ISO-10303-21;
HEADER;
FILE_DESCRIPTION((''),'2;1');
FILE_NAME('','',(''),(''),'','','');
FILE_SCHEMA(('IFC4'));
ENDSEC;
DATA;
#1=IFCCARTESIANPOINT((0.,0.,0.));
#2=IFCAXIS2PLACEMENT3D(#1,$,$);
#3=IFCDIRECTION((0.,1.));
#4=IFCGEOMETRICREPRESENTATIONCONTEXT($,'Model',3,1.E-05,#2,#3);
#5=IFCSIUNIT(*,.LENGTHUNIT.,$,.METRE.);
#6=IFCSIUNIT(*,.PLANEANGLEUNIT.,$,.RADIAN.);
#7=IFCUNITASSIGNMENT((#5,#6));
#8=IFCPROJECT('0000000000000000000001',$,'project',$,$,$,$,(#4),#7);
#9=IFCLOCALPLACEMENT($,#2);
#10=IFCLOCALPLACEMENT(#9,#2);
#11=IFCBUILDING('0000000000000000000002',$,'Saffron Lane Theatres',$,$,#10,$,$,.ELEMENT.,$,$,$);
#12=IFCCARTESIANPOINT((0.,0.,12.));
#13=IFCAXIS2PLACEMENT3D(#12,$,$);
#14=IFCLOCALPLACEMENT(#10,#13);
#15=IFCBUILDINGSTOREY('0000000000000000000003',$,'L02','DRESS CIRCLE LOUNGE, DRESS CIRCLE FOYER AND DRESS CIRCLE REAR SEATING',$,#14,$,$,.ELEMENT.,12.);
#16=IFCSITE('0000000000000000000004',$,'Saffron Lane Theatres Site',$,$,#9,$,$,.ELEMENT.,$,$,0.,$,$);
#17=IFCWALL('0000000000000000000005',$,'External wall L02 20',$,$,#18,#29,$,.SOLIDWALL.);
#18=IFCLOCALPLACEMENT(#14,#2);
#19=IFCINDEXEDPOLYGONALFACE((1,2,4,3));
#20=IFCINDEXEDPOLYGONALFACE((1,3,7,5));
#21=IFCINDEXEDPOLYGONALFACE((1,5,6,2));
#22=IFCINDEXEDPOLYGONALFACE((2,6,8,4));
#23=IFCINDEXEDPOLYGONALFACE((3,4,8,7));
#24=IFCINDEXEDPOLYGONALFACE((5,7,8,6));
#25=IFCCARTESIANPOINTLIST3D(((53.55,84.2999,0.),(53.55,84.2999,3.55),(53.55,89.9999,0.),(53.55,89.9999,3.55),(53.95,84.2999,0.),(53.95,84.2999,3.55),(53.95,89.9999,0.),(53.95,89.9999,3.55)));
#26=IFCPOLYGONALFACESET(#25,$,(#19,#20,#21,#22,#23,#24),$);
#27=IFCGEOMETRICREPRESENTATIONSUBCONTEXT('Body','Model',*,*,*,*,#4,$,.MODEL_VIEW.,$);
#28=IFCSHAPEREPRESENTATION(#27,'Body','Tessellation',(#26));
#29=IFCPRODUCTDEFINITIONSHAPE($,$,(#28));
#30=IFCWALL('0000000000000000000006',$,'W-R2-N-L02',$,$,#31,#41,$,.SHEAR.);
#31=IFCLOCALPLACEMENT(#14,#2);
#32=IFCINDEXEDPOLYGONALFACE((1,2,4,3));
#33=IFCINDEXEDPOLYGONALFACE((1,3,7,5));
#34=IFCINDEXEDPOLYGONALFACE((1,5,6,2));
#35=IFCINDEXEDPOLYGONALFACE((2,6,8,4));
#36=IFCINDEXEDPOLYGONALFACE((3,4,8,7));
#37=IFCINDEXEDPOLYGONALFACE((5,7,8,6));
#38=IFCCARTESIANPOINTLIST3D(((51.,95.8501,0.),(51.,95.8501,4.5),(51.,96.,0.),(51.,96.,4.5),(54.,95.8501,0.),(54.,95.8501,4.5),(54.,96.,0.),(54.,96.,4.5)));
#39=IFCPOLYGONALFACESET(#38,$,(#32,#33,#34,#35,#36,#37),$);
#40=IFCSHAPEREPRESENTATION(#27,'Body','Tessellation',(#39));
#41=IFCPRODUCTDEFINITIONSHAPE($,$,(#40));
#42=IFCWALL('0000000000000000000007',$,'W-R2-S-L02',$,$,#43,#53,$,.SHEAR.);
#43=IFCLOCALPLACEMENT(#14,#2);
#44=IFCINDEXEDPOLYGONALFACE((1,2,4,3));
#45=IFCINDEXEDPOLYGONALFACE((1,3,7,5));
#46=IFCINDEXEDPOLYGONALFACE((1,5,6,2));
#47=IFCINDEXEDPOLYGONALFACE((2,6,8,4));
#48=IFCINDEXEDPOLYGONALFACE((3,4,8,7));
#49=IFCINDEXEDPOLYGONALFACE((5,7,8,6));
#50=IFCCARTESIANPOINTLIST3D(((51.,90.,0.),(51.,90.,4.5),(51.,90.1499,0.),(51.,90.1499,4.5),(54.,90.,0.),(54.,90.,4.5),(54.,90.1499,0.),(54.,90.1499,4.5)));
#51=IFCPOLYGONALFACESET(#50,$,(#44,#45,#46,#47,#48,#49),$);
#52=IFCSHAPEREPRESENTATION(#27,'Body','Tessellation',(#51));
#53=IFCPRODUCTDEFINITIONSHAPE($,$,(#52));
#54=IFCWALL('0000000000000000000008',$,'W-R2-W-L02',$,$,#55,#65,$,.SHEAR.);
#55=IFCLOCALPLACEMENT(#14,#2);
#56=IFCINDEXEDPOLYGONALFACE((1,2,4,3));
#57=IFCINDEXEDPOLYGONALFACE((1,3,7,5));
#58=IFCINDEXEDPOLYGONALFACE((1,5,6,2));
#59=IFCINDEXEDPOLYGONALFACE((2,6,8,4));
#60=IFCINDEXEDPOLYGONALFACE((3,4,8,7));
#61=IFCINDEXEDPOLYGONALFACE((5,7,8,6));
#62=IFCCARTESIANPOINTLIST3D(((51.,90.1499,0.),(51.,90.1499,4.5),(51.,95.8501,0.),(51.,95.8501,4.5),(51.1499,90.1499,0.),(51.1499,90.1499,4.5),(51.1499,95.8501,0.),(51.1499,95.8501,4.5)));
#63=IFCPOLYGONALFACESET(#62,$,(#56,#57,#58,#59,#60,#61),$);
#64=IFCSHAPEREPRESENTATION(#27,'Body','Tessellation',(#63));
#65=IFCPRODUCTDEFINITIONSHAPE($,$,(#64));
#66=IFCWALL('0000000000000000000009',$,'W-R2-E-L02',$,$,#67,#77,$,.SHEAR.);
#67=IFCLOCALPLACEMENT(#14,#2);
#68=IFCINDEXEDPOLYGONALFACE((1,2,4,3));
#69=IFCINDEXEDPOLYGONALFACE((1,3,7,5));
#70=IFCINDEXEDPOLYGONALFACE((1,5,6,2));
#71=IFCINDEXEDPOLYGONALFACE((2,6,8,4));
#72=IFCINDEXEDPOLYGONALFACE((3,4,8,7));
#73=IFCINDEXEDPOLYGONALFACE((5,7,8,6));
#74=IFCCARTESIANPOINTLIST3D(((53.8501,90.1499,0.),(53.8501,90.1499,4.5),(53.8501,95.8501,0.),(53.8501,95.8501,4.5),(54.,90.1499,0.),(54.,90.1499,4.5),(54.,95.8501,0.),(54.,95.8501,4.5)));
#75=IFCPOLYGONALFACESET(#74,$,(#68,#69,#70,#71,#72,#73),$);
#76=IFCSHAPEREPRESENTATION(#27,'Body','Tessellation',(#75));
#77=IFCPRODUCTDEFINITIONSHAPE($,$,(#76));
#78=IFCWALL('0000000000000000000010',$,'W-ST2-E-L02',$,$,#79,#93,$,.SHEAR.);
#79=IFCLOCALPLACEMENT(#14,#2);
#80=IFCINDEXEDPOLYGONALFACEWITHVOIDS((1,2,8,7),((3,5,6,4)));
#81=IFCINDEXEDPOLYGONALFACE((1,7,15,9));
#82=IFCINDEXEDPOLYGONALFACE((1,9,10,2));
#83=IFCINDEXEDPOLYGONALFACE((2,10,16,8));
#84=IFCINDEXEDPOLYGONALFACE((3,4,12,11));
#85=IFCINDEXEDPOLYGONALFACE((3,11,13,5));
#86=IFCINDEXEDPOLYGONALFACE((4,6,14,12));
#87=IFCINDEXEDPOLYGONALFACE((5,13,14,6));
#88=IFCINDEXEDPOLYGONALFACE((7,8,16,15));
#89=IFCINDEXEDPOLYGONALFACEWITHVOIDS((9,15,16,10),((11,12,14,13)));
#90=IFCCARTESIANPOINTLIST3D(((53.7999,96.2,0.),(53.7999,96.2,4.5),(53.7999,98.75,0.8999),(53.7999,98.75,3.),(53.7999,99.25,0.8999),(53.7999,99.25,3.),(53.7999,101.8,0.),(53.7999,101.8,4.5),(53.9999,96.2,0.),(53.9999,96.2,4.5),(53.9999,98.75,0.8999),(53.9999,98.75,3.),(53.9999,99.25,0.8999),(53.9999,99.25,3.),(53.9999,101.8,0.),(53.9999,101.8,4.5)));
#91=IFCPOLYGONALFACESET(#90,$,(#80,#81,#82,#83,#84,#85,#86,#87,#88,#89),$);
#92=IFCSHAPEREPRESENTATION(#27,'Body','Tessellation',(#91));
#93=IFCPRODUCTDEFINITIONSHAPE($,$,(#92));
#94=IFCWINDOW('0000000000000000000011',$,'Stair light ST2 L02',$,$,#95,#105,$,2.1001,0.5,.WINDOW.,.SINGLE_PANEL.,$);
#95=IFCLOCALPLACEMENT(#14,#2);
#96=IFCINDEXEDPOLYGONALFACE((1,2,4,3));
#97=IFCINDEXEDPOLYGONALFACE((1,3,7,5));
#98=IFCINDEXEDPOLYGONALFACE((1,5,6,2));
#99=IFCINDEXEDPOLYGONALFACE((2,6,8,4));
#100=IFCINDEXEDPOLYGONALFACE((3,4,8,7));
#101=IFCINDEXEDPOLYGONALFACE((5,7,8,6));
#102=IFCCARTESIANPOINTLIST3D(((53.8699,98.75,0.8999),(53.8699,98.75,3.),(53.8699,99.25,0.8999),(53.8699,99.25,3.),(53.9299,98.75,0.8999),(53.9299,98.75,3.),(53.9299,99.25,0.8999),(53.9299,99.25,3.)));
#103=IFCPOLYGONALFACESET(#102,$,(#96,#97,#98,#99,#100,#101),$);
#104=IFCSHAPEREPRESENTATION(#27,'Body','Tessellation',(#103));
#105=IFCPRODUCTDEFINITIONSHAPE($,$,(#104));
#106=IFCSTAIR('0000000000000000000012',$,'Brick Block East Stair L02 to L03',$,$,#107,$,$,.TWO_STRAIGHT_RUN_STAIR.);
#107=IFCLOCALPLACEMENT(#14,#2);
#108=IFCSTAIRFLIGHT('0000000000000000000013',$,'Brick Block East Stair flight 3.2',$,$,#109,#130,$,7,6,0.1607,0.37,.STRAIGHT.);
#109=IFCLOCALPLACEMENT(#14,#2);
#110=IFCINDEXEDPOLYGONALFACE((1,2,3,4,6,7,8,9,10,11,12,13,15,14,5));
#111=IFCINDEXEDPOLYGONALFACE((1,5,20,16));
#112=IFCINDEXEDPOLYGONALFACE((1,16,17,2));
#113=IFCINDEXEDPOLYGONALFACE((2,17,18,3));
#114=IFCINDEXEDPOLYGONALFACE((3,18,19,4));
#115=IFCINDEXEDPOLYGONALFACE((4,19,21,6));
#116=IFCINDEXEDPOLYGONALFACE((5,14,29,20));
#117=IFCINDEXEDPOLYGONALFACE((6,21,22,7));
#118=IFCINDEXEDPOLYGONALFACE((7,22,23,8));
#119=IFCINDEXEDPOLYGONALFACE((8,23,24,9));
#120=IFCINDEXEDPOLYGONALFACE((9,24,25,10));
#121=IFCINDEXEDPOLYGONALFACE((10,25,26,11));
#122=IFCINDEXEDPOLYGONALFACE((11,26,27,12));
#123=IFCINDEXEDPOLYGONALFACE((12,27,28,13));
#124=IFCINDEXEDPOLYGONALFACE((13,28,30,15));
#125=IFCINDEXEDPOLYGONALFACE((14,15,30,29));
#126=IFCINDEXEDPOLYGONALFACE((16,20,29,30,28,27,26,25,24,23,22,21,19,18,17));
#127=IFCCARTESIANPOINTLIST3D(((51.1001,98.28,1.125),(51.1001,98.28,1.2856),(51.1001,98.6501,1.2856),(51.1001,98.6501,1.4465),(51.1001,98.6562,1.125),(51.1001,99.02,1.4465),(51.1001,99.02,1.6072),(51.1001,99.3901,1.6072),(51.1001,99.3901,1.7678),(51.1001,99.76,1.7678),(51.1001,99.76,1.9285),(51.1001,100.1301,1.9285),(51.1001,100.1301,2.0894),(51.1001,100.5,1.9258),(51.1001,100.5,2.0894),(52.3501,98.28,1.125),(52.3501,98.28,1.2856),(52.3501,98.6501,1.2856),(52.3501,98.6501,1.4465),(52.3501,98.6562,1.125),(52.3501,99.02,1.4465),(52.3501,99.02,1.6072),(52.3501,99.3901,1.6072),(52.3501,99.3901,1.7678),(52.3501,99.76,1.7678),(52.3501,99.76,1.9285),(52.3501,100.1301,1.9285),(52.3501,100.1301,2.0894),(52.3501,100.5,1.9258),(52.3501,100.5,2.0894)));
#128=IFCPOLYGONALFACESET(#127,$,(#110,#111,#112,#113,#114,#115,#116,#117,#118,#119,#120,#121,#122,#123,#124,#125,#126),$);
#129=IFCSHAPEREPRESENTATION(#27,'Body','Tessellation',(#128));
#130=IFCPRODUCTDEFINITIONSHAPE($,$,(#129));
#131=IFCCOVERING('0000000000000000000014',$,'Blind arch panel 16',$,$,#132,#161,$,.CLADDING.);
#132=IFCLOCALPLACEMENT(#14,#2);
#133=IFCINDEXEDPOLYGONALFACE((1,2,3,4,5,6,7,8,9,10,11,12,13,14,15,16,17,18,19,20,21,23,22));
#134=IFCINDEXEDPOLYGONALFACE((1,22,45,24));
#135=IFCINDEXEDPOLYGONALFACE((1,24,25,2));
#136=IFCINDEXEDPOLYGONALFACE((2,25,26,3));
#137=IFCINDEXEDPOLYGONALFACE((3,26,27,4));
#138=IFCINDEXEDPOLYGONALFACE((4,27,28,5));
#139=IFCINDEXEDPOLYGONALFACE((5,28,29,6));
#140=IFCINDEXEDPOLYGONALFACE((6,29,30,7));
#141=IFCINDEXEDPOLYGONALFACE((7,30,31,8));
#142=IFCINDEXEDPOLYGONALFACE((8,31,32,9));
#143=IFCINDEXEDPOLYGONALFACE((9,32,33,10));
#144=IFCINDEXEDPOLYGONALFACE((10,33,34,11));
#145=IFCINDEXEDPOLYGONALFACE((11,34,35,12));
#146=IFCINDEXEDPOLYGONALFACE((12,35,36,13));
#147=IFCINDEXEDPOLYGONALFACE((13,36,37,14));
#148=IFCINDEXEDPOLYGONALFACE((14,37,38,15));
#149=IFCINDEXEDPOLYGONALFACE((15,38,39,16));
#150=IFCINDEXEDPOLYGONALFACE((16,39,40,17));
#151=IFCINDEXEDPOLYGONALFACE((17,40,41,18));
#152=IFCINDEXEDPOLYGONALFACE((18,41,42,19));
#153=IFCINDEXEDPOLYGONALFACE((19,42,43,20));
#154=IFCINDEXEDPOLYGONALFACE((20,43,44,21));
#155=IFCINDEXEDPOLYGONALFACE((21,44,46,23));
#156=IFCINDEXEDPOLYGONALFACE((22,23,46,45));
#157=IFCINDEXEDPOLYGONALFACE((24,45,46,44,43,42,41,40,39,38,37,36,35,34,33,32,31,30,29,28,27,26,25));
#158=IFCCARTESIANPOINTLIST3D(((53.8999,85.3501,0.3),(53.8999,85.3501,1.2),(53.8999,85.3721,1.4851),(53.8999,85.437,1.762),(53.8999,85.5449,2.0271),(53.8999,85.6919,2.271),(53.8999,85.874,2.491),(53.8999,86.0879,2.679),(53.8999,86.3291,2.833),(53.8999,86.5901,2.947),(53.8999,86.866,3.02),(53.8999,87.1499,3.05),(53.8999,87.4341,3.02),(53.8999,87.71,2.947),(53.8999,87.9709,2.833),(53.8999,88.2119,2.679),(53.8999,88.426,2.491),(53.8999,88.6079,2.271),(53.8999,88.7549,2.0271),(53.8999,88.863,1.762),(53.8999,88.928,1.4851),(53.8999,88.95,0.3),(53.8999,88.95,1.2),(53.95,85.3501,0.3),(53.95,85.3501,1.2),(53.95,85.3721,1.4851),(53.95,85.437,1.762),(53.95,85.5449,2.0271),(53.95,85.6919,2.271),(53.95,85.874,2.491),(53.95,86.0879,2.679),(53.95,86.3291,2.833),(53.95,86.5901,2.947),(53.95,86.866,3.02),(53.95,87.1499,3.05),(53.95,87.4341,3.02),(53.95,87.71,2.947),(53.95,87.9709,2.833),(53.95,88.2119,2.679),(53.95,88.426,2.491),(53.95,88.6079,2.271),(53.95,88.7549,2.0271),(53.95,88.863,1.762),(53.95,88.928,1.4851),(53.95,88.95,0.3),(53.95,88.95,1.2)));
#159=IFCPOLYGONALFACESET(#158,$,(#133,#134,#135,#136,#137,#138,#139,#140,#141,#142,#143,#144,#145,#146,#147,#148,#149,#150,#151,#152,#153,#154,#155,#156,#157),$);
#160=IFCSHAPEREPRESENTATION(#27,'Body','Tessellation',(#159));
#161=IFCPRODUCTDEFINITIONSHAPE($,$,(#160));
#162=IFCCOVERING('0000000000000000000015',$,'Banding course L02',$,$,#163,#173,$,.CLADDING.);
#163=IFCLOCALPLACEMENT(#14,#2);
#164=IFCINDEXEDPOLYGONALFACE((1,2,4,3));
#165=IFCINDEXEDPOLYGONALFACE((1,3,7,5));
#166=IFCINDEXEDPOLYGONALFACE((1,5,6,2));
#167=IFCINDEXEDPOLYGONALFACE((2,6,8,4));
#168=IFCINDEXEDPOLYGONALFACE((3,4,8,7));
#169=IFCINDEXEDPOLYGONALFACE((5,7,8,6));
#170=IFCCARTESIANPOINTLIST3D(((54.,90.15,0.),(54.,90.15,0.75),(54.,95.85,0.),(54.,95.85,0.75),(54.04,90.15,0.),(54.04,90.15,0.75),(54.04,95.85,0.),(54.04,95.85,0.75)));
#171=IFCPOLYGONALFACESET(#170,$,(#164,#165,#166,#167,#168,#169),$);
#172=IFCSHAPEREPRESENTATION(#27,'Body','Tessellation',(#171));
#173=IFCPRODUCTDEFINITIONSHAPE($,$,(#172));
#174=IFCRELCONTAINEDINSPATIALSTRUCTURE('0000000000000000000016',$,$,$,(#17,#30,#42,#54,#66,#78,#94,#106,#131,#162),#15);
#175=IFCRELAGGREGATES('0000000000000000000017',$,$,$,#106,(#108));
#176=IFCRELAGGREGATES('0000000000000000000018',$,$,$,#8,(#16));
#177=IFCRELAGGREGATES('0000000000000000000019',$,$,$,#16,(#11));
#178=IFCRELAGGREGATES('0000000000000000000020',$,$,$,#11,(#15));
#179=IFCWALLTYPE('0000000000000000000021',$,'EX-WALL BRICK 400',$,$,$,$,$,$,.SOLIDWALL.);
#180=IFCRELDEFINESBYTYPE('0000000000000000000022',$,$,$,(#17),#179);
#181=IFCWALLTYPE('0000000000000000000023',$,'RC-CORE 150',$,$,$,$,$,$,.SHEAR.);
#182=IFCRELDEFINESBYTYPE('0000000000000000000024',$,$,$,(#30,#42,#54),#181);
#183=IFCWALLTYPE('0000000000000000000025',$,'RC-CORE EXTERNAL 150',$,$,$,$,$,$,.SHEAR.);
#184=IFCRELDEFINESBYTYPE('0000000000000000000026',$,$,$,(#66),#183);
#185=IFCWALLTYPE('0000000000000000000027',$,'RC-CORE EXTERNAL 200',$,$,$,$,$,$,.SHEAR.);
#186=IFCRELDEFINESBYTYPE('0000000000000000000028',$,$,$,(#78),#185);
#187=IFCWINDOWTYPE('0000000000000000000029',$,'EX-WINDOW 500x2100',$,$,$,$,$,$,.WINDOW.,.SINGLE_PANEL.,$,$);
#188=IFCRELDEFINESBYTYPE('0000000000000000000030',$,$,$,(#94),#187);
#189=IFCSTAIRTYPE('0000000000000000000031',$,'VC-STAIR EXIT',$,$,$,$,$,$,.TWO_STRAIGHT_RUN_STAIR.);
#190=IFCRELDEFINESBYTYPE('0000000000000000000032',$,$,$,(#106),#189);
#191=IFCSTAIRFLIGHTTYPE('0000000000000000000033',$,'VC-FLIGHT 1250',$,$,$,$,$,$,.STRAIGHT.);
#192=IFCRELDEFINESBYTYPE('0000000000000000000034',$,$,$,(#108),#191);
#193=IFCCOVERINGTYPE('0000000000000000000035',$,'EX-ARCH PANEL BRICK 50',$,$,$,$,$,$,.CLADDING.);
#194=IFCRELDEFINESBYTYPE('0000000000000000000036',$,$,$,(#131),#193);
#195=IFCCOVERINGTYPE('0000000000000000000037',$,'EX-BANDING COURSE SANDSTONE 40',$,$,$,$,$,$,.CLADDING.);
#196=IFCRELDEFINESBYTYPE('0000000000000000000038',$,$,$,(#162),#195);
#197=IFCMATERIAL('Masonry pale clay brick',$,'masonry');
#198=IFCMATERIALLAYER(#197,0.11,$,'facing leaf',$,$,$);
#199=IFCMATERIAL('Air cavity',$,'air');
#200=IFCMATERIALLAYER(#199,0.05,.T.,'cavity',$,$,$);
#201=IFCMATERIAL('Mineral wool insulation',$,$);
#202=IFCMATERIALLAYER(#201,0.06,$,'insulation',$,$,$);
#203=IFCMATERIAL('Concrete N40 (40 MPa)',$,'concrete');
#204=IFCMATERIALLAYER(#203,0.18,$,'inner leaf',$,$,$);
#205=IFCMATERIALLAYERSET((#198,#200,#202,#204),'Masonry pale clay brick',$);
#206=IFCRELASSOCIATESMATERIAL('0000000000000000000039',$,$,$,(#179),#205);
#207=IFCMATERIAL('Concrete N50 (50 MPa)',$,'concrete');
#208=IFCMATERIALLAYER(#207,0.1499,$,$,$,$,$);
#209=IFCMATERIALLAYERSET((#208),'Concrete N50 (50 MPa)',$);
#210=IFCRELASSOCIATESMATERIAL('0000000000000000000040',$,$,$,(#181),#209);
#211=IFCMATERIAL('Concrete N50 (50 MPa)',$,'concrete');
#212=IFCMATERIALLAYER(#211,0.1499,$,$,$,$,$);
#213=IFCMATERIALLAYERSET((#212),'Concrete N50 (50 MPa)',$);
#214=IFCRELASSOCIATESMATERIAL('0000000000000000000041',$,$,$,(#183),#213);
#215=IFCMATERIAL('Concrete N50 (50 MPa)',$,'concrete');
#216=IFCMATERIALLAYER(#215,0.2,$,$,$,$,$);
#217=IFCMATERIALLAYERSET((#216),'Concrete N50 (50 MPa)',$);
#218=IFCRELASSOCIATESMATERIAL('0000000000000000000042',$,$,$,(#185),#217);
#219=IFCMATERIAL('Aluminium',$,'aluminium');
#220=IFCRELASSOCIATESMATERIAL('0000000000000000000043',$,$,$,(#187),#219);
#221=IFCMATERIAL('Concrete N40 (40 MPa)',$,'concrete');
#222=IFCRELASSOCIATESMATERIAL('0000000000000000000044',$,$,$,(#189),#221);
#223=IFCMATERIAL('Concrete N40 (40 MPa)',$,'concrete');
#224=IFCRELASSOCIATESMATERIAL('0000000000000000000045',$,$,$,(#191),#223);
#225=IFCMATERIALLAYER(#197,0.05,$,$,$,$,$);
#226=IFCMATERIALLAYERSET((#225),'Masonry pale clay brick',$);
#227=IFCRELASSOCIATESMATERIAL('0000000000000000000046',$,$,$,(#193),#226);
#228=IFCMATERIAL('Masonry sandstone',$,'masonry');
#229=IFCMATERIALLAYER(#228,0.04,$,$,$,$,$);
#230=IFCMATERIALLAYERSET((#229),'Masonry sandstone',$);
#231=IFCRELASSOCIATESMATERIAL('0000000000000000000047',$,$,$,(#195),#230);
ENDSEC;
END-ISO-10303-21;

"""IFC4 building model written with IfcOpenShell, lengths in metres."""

from ifc_helpers import new_model, si_unit, direction, frame, frame_2d, origin, origin_2d, place, context, subcontext, project, spatial, polyline, rectangle, outline, extrude, material, layer, layer_set, type_object, element, fill, aggregate, save


model = new_model("IFC4")

# Units and contexts
model_context = context("Model", 3, precision=1e-05, world=origin(), true_north=direction((0.0, 1.0)))
body_context = subcontext(model_context, "Body", "Model", "MODEL_VIEW")
ifc_project = project(units=[si_unit("LENGTHUNIT", "METRE"), si_unit("PLANEANGLEUNIT", "RADIAN")], contexts=[model_context])

# Site, building, storey
site_placement = place(None, origin())
site = spatial("IfcSite", under=ifc_project, at=site_placement, Name="Saffron Lane Theatres Site", CompositionType="ELEMENT", RefElevation=0.0)
building_placement = place(site_placement, origin())
building = spatial("IfcBuilding", under=site, at=building_placement, Name="Saffron Lane Theatres", CompositionType="ELEMENT")
storey_placement = place(building_placement, frame((0.0, 0.0, 12.0)))
storey = spatial("IfcBuildingStorey", under=building, at=storey_placement, Name="L02", Description="DRESS CIRCLE LOUNGE, DRESS CIRCLE FOYER AND DRESS CIRCLE REAR SEATING", CompositionType="ELEMENT", Elevation=12.0)

# Walls
ifc_material_1 = material(Name="Masonry pale clay brick", Category="masonry")
ifc_layer_1 = layer(ifc_material_1, 0.11, Name="facing leaf")
ifc_material_2 = material(Name="Air cavity", Category="air")
ifc_layer_2 = layer(ifc_material_2, 0.05, ventilated=True, Name="cavity")
ifc_material_3 = material(Name="Mineral wool insulation")
ifc_layer_3 = layer(ifc_material_3, 0.06, Name="insulation")
ifc_material_4 = material(Name="Concrete N40 (40 MPa)", Category="concrete")
ifc_layer_4 = layer(ifc_material_4, 0.18, Name="inner leaf")
ifc_layer_set_1 = layer_set([ifc_layer_1, ifc_layer_2, ifc_layer_3, ifc_layer_4], Name="Masonry pale clay brick")
wall_type_1 = type_object("IfcWallType", Name="EX-WALL BRICK 400", PredefinedType="SOLIDWALL", material=ifc_layer_set_1)
wall_1_placement = place(storey_placement, frame((53.75, 90.0, 0.0), z_axis=(0.0, 0.0, 1.0), x_axis=(0.0, -1.0, 0.0)))
element("IfcWall", 1, at=wall_1_placement, inside=storey, type_object=wall_type_1, Name="External wall L02 20", PredefinedType="SOLIDWALL", context=body_context, shape_type="SweptSolid", body=[
    extrude(rectangle(XDim=5.7, YDim=0.3999, at=frame_2d((2.8501, 0.0))), origin(), (0.0, 0.0, 1.0), 3.55),
])
ifc_material_5 = material(Name="Concrete N50 (50 MPa)", Category="concrete")
ifc_layer_5 = layer(ifc_material_5, 0.1499)
ifc_layer_set_2 = layer_set([ifc_layer_5], Name="Concrete N50 (50 MPa)")
wall_type_2 = type_object("IfcWallType", Name="RC-CORE 150", PredefinedType="SHEAR", material=ifc_layer_set_2)
for number, where, z_axis, x_axis, name in (
    (2, (51.0, 95.925, 0.0), (0.0, 0.0, 1.0), (1.0, 0.0, 0.0), "W-R2-N-L02"),
    (3, (51.0, 90.075, 0.0), (0.0, 0.0, 1.0), (1.0, 0.0, 0.0), "W-R2-S-L02"),
):
    element("IfcWall", number, at=place(storey_placement, frame(where, z_axis=z_axis, x_axis=x_axis)), inside=storey, type_object=wall_type_2, Name=name, PredefinedType="SHEAR", context=body_context, shape_type="SweptSolid", body=[
        extrude(rectangle(XDim=3.0, YDim=0.1499, at=frame_2d((1.5, 0.0))), origin(), (0.0, 0.0, 1.0), 4.5),
    ])
wall_2_placement = place(storey_placement, frame((51.075, 90.1499, 0.0), z_axis=(0.0, 0.0, 1.0), x_axis=(0.0, 1.0, 0.0)))
element("IfcWall", 4, at=wall_2_placement, inside=storey, type_object=wall_type_2, Name="W-R2-W-L02", PredefinedType="SHEAR", context=body_context, shape_type="SweptSolid", body=[
    extrude(rectangle(XDim=5.7002, YDim=0.1499, at=frame_2d((2.8501, 0.0))), origin(), (0.0, 0.0, 1.0), 4.5),
])
ifc_material_6 = material(Name="Concrete N50 (50 MPa)", Category="concrete")
ifc_layer_6 = layer(ifc_material_6, 0.1499)
ifc_layer_set_3 = layer_set([ifc_layer_6], Name="Concrete N50 (50 MPa)")
wall_type_3 = type_object("IfcWallType", Name="RC-CORE EXTERNAL 150", PredefinedType="SHEAR", material=ifc_layer_set_3)
wall_3_placement = place(storey_placement, frame((53.925, 90.1499, 0.0), z_axis=(0.0, 0.0, 1.0), x_axis=(0.0, 1.0, 0.0)))
element("IfcWall", 5, at=wall_3_placement, inside=storey, type_object=wall_type_3, Name="W-R2-E-L02", PredefinedType="SHEAR", context=body_context, shape_type="SweptSolid", body=[
    extrude(rectangle(XDim=5.7002, YDim=0.1499, at=frame_2d((2.8501, 0.0))), origin(), (0.0, 0.0, 1.0), 4.5),
])

# Wall, opening, window
ifc_material_7 = material(Name="Concrete N50 (50 MPa)", Category="concrete")
ifc_layer_7 = layer(ifc_material_7, 0.2)
ifc_layer_set_4 = layer_set([ifc_layer_7], Name="Concrete N50 (50 MPa)")
wall_type_4 = type_object("IfcWallType", Name="RC-CORE EXTERNAL 200", PredefinedType="SHEAR", material=ifc_layer_set_4)
wall_4_placement = place(storey_placement, frame((53.8999, 96.2, 0.0), z_axis=(0.0, 0.0, 1.0), x_axis=(0.0, 1.0, 0.0)))
wall_4 = element("IfcWall", 6, at=wall_4_placement, inside=storey, type_object=wall_type_4, Name="W-ST2-E-L02", PredefinedType="SHEAR", context=body_context, shape_type="SweptSolid", body=[
    extrude(rectangle(XDim=5.6001, YDim=0.2, at=frame_2d((2.8, 0.0))), origin(), (0.0, 0.0, 1.0), 4.5),
])
opening_placement = place(wall_4_placement, frame((2.55, 0.0, 0.8999)))
opening = element("IfcOpeningElement", 7, at=opening_placement, cuts=wall_4, PredefinedType="OPENING", context=body_context, shape_type="SweptSolid", body=[
    extrude(rectangle(XDim=0.5, YDim=2.1001, at=frame_2d((0.25, 1.05))), frame((0.0, 0.1099, 0.0), z_axis=(0.0, -1.0, 0.0), x_axis=(1.0, 0.0, 0.0)), (0.0, 0.0, 1.0), 0.22),
])
ifc_material_8 = material(Name="Aluminium", Category="aluminium")
window_type = type_object("IfcWindowType", Name="EX-WINDOW 500x2100", PartitioningType="SINGLE_PANEL", PredefinedType="WINDOW", material=ifc_material_8)
window_placement = place(opening_placement, origin())
window = element("IfcWindow", 8, at=window_placement, inside=storey, type_object=window_type, Name="Stair light ST2 L02", OverallHeight=2.1001, OverallWidth=0.5, PartitioningType="SINGLE_PANEL", PredefinedType="WINDOW", context=body_context, shape_type="SweptSolid", body=[
    extrude(rectangle(XDim=0.5, YDim=2.1001, at=frame_2d((0.25, 1.05))), frame((0.0, 0.03, 0.0), z_axis=(0.0, -1.0, 0.0), x_axis=(1.0, 0.0, 0.0)), (0.0, 0.0, 1.0), 0.0601),
])
fill(opening, window)

# Stair, stair flight
ifc_material_9 = material(Name="Concrete N40 (40 MPa)", Category="concrete")
stair_type = type_object("IfcStairType", Name="VC-STAIR EXIT", PredefinedType="TWO_STRAIGHT_RUN_STAIR", material=ifc_material_9)
stair_placement = place(storey_placement, origin())
stair = element("IfcStair", 9, at=stair_placement, inside=storey, type_object=stair_type, Name="Brick Block East Stair L02 to L03", PredefinedType="TWO_STRAIGHT_RUN_STAIR")
ifc_material_10 = material(Name="Concrete N40 (40 MPa)", Category="concrete")
stair_flight_type = type_object("IfcStairFlightType", Name="VC-FLIGHT 1250", PredefinedType="STRAIGHT", material=ifc_material_10)
stair_flight_placement = place(storey_placement, frame((51.7251, 98.28, 1.125), z_axis=(0.0, 0.0, 1.0), x_axis=(0.0, 1.0, 0.0)))
stair_flight = element("IfcStairFlight", 10, at=stair_flight_placement, type_object=stair_flight_type, Name="Brick Block East Stair flight 3.2", NumberOfRisers=7, NumberOfTreads=6, PredefinedType="STRAIGHT", RiserHeight=0.1607, TreadLength=0.37, context=body_context, shape_type="SweptSolid", body=[
    extrude(outline(polyline([(0.0, 0.0), (0.0, 0.1606), (0.3701, 0.1606), (0.3701, 0.3215), (0.74, 0.3215), (0.74, 0.4822), (1.1101, 0.4822), (1.1101, 0.6428), (1.48, 0.6428), (1.48, 0.8035), (1.8501, 0.8035), (1.8501, 0.9644), (2.22, 0.9644), (2.22, 1.125), (2.22, 0.8008), (0.3762, 0.0), (0.0, 0.0)])), frame((0.0, 0.625, 0.0), z_axis=(0.0, -1.0, 0.0), x_axis=(1.0, 0.0, 0.0)), (0.0, 0.0, 1.0), 1.25),
])
aggregate(stair, [stair_flight])

# Coverings
ifc_layer_8 = layer(ifc_material_1, 0.05)
ifc_layer_set_5 = layer_set([ifc_layer_8], Name="Masonry pale clay brick")
covering_type_1 = type_object("IfcCoveringType", Name="EX-ARCH PANEL BRICK 50", PredefinedType="CLADDING", material=ifc_layer_set_5)
covering_1_placement = place(storey_placement, frame((53.8999, 88.95, 1.2), z_axis=(-1.0, 0.0, 0.0), x_axis=(0.0, 0.0, -1.0)))
element("IfcCovering", 11, at=covering_1_placement, inside=storey, type_object=covering_type_1, Name="Blind arch panel 16", PredefinedType="CLADDING", context=body_context, shape_type="SweptSolid", body=[
    extrude(outline(polyline([(0.0, 0.0), (0.8999, 0.0), (0.8999, 3.5999), (0.0, 3.5999), (-0.2852, 3.5779), (-0.562, 3.5129), (-0.8271, 3.405), (-1.071, 3.2581), (-1.291, 3.0759), (-1.479, 2.8621), (-1.6331, 2.6208), (-1.7471, 2.3599), (-1.8201, 2.084), (-1.8501, 1.8), (-1.8201, 1.5159), (-1.7471, 1.24), (-1.6331, 0.979), (-1.479, 0.738), (-1.291, 0.5239), (-1.071, 0.342), (-0.8271, 0.1951), (-0.562, 0.0869), (-0.2852, 0.022), (0.0, 0.0)])), origin(), (0.0, 0.0, -1.0), 0.05),
])
ifc_material_11 = material(Name="Masonry sandstone", Category="masonry")
ifc_layer_9 = layer(ifc_material_11, 0.04)
ifc_layer_set_6 = layer_set([ifc_layer_9], Name="Masonry sandstone")
covering_type_2 = type_object("IfcCoveringType", Name="EX-BANDING COURSE SANDSTONE 40", PredefinedType="CLADDING", material=ifc_layer_set_6)
for number, where, z_axis, x_axis, name in (
    (12, (54.02, 93.0, 0.0), (0.0, 0.0, 1.0), (0.0, 1.0, 0.0), "Banding course L02"),
):
    element("IfcCovering", number, at=place(storey_placement, frame(where, z_axis=z_axis, x_axis=x_axis)), inside=storey, type_object=covering_type_2, Name=name, PredefinedType="CLADDING", context=body_context, shape_type="SweptSolid", body=[
        extrude(rectangle(XDim=5.7, YDim=0.04, at=origin_2d()), origin(), (0.0, 0.0, 1.0), 0.75),
    ])

save(model, "model.ifc")
